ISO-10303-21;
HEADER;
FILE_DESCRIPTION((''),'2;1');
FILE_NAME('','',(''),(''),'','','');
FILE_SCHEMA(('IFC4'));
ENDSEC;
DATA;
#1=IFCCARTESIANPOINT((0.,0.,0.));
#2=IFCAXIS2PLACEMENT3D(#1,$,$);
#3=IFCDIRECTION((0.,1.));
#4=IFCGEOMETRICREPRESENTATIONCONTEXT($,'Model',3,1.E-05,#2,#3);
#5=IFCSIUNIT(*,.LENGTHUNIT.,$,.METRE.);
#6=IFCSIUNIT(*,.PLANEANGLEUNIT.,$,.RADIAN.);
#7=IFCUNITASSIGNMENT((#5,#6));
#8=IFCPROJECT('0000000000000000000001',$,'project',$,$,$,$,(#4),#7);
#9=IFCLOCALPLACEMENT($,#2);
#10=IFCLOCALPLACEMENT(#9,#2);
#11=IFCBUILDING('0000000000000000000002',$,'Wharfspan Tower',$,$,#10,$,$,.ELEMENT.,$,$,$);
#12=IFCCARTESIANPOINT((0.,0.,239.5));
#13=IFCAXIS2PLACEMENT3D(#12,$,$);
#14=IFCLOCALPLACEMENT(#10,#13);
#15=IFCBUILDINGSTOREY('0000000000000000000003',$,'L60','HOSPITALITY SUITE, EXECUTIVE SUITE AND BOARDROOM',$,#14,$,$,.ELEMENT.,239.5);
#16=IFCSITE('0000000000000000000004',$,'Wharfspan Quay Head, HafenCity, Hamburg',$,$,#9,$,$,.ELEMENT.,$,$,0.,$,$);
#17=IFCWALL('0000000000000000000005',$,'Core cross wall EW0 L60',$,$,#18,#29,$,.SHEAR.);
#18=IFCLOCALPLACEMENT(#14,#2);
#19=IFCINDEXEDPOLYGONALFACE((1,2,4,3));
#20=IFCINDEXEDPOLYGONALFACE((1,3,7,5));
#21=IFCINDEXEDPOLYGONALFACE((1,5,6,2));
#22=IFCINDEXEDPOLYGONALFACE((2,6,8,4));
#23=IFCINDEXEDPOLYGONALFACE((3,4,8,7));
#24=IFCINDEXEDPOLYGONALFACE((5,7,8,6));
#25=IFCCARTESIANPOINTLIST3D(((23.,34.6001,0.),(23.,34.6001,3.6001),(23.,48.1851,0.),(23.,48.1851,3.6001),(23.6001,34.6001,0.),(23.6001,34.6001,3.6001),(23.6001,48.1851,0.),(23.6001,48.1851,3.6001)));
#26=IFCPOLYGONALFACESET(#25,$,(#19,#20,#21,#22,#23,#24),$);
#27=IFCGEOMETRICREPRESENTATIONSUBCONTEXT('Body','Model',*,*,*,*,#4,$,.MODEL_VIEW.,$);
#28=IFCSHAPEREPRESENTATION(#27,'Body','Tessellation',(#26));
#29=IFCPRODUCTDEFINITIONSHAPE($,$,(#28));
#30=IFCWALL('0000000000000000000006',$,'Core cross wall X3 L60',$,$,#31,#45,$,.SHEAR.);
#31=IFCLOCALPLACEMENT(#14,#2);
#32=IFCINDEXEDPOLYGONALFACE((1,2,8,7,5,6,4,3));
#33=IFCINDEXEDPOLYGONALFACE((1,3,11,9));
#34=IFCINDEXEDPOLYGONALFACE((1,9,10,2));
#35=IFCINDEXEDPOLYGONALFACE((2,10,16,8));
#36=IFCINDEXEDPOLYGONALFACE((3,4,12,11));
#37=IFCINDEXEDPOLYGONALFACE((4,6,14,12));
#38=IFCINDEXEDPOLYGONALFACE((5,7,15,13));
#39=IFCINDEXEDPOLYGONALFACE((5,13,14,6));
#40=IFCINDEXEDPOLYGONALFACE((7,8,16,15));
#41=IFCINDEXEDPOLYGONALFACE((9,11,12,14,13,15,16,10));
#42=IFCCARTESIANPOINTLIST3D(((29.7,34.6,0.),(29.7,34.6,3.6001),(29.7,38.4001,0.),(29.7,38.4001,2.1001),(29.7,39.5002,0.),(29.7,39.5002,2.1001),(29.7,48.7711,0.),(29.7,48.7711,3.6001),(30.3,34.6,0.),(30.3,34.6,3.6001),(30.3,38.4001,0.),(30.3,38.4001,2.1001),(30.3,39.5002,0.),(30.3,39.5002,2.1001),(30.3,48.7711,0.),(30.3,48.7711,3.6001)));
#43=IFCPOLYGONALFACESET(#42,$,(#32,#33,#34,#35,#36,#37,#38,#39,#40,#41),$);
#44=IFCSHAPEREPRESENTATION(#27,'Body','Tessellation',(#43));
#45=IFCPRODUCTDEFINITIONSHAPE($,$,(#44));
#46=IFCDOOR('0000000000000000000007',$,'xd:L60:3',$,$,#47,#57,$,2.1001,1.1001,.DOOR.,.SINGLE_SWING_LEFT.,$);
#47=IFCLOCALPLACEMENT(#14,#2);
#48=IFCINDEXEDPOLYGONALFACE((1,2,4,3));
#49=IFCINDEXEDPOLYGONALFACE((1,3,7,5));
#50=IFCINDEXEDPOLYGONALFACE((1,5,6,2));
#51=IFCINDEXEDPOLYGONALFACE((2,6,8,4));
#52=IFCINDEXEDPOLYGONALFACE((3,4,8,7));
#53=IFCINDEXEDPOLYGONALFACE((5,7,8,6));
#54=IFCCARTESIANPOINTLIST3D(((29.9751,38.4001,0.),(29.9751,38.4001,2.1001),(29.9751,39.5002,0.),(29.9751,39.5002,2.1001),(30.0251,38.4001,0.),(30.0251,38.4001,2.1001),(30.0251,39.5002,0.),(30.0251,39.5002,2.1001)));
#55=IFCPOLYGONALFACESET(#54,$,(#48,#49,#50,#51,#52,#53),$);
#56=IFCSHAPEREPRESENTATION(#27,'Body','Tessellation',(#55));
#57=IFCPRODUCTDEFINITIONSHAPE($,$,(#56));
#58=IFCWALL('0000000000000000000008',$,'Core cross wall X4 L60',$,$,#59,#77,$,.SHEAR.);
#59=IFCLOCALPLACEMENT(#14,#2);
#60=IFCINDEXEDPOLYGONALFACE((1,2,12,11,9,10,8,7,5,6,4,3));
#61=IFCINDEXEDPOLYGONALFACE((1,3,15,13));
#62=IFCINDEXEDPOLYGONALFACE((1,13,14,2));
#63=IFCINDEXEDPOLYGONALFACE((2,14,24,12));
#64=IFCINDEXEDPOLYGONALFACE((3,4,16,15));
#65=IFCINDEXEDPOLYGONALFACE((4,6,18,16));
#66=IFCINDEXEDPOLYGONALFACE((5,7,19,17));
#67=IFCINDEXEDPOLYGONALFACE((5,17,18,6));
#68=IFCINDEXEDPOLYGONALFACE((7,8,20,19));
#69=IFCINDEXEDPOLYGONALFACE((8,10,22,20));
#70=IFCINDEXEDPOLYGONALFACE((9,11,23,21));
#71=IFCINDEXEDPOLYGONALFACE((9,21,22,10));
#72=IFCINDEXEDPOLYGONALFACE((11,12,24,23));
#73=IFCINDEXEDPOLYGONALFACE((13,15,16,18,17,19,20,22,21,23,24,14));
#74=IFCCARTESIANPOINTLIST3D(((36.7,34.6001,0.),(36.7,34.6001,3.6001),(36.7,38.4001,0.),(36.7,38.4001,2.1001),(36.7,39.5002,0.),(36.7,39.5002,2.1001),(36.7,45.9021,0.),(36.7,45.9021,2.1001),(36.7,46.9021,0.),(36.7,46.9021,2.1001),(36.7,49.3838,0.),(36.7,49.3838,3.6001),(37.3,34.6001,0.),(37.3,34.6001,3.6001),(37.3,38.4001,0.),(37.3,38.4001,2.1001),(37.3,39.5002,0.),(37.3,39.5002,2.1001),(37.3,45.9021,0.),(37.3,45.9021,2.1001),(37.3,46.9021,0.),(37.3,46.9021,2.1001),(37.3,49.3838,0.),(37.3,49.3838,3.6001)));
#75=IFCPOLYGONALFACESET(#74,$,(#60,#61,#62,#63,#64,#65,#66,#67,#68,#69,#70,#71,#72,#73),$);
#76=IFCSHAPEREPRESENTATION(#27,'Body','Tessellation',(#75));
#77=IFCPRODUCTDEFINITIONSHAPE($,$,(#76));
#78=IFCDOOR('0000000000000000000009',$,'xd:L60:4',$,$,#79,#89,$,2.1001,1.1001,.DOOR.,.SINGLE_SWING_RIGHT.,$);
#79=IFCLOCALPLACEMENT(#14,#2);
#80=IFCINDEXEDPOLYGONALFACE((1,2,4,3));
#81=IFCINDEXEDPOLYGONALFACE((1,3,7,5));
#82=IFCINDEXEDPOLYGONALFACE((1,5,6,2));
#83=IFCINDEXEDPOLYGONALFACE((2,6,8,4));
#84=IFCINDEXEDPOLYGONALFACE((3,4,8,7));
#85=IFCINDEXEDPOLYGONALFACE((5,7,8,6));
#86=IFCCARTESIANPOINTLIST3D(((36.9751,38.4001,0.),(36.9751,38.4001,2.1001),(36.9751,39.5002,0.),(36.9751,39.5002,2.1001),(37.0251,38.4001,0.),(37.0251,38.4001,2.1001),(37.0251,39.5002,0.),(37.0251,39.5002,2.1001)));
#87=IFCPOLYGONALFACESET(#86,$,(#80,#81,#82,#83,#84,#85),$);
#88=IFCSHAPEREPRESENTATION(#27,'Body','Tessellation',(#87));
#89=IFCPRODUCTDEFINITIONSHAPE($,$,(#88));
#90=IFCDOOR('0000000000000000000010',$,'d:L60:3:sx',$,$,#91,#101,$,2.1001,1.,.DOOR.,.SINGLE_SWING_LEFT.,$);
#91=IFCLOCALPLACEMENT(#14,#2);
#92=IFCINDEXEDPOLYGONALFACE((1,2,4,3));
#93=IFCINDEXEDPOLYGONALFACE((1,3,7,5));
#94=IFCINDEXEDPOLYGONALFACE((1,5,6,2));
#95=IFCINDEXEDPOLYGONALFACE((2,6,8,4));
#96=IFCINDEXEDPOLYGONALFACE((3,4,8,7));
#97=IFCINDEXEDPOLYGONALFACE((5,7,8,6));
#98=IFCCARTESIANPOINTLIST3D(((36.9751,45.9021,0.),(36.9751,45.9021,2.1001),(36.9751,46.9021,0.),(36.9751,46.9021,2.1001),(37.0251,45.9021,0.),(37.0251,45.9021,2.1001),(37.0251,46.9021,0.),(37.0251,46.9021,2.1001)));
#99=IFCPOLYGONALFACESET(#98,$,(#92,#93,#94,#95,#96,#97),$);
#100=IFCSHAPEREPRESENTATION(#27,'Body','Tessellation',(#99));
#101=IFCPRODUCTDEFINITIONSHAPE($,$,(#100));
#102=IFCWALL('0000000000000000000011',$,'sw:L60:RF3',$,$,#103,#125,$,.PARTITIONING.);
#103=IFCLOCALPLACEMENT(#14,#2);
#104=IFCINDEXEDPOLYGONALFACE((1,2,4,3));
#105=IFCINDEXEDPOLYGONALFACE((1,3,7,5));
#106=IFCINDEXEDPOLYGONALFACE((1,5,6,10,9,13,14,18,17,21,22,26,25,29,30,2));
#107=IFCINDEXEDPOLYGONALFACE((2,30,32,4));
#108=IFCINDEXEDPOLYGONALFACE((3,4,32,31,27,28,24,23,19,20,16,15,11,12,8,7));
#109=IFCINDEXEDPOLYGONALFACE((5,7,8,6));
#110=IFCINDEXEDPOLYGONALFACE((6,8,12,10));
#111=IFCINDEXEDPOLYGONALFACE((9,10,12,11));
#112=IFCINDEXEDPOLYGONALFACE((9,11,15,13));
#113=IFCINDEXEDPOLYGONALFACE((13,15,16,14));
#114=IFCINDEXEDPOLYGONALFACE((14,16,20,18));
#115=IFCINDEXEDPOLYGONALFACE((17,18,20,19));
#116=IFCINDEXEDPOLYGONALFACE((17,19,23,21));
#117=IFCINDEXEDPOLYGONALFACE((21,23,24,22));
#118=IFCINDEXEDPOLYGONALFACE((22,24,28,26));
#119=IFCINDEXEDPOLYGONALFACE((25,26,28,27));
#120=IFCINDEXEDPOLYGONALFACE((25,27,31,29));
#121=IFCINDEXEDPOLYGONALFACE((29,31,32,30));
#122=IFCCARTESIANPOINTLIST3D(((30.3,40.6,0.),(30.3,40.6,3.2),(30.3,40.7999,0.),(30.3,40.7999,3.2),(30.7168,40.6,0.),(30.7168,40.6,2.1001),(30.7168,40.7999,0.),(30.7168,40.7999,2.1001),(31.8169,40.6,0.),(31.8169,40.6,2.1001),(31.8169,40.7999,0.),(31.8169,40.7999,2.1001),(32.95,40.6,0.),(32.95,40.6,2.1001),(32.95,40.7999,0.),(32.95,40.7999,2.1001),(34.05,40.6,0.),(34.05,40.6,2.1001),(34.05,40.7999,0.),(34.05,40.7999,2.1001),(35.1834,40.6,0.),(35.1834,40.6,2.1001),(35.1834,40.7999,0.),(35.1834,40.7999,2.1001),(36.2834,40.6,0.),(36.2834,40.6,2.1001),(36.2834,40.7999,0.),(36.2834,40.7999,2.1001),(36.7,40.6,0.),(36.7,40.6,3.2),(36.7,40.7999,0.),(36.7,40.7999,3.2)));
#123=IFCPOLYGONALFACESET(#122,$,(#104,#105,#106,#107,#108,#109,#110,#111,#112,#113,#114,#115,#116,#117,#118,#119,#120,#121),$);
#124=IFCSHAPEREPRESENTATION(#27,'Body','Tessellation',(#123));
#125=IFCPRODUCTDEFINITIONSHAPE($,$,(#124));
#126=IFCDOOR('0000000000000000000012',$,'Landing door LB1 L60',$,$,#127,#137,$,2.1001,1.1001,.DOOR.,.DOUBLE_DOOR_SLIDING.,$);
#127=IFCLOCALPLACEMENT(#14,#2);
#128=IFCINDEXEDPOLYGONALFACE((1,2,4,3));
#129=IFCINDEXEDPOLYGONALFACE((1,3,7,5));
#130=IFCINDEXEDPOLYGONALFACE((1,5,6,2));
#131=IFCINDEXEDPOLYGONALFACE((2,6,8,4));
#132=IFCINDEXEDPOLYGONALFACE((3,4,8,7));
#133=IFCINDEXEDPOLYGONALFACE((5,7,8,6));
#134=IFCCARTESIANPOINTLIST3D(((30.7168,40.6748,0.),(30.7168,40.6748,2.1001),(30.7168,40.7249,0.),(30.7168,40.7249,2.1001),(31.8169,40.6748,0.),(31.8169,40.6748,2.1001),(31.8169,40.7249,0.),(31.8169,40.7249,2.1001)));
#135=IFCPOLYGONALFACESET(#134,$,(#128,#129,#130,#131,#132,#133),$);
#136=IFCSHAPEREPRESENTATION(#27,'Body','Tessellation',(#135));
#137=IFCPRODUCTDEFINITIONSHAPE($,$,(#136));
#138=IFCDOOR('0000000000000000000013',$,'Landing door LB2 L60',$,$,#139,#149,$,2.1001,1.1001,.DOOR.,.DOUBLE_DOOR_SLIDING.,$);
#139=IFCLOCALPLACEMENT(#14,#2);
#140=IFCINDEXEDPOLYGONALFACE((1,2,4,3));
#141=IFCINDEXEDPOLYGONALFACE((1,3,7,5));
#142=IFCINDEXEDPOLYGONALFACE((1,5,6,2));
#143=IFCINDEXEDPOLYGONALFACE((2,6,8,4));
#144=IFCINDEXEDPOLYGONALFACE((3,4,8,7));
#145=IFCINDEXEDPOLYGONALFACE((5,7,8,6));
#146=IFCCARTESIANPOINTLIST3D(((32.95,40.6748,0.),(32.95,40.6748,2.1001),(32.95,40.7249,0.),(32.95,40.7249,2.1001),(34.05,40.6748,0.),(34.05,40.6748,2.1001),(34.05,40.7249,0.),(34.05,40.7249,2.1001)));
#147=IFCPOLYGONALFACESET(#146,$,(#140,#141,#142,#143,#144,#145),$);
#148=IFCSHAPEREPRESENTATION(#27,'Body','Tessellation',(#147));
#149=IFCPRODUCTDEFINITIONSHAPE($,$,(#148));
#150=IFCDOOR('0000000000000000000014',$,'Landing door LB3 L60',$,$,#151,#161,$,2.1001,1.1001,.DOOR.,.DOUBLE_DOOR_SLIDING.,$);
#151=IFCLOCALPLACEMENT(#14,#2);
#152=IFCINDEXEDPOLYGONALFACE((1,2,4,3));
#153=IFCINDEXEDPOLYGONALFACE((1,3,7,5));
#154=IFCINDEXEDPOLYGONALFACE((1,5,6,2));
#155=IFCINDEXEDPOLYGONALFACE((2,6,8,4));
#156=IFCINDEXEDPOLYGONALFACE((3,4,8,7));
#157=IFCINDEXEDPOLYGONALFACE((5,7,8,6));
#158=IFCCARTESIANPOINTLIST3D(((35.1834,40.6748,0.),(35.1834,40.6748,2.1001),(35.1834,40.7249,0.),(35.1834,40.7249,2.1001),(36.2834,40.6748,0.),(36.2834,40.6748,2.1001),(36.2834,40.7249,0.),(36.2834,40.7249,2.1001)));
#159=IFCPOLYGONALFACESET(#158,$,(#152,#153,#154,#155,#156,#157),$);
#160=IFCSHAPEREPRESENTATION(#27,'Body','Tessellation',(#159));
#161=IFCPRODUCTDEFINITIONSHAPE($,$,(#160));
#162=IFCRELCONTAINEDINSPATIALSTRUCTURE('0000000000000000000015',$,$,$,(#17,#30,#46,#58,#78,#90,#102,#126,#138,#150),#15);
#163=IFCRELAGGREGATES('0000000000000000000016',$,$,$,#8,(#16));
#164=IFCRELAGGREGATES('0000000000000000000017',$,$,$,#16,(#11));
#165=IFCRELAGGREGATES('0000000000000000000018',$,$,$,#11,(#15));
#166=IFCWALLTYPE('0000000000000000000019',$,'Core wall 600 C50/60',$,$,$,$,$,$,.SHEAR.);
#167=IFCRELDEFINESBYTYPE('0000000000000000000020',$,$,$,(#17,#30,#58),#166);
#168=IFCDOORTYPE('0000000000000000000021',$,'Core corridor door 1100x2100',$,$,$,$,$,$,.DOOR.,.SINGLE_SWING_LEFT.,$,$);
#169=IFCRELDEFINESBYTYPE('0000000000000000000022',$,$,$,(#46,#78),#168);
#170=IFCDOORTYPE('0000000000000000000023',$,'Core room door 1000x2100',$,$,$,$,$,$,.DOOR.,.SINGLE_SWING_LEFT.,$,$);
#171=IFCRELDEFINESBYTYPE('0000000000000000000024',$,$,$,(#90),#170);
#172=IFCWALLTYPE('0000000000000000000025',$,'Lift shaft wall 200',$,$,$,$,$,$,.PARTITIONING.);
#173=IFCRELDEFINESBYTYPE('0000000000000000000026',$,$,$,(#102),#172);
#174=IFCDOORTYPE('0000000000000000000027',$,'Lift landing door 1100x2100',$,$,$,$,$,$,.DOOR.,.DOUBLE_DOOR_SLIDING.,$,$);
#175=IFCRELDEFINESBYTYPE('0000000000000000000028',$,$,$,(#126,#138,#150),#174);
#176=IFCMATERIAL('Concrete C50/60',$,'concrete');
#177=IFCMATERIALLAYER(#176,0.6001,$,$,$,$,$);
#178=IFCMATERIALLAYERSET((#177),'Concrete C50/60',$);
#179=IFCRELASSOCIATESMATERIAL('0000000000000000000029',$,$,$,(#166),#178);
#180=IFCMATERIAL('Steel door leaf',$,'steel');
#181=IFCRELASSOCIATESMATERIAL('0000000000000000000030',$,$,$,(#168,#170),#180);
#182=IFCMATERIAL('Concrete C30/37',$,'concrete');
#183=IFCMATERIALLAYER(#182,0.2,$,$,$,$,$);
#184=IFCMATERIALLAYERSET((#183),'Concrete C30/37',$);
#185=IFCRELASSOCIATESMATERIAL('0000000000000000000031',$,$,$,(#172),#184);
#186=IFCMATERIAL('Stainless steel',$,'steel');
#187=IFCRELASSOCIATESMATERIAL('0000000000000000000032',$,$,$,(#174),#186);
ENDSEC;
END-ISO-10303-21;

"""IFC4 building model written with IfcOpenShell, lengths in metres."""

from ifc_helpers import new_model, si_unit, direction, frame, frame_2d, origin, place, context, subcontext, project, spatial, rectangle, extrude, material, layer, layer_set, type_object, element, fill, save


model = new_model("IFC4")

# Units and contexts
model_context = context("Model", 3, precision=1e-05, world=origin(), true_north=direction((0.0, 1.0)))
body_context = subcontext(model_context, "Body", "Model", "MODEL_VIEW")
ifc_project = project(units=[si_unit("LENGTHUNIT", "METRE"), si_unit("PLANEANGLEUNIT", "RADIAN")], contexts=[model_context])

# Site, building, storey
site_placement = place(None, origin())
site = spatial("IfcSite", under=ifc_project, at=site_placement, Name="Wharfspan Quay Head, HafenCity, Hamburg", CompositionType="ELEMENT", RefElevation=0.0)
building_placement = place(site_placement, origin())
building = spatial("IfcBuilding", under=site, at=building_placement, Name="Wharfspan Tower", CompositionType="ELEMENT")
storey_placement = place(building_placement, frame((0.0, 0.0, 239.5)))
storey = spatial("IfcBuildingStorey", under=building, at=storey_placement, Name="L60", Description="HOSPITALITY SUITE, EXECUTIVE SUITE AND BOARDROOM", CompositionType="ELEMENT", Elevation=239.5)

# Wall
ifc_material_1 = material(Name="Concrete C50/60", Category="concrete")
ifc_layer_1 = layer(ifc_material_1, 0.6001)
ifc_layer_set_1 = layer_set([ifc_layer_1], Name="Concrete C50/60")
wall_type_1 = type_object("IfcWallType", Name="Core wall 600 C50/60", PredefinedType="SHEAR", material=ifc_layer_set_1)
wall_1_placement = place(storey_placement, frame((23.3, 34.6001, 0.0), z_axis=(0.0, 0.0, 1.0), x_axis=(0.0, 1.0, 0.0)))
element("IfcWall", 1, at=wall_1_placement, inside=storey, type_object=wall_type_1, Name="Core cross wall EW0 L60", PredefinedType="SHEAR", context=body_context, shape_type="SweptSolid", body=[
    extrude(rectangle(XDim=13.585, YDim=0.6001, at=frame_2d((6.7925, 0.0))), origin(), (0.0, 0.0, 1.0), 3.6001),
])

# Wall, opening, door
wall_2_placement = place(storey_placement, frame((30.0, 34.6001, 0.0), z_axis=(0.0, 0.0, 1.0), x_axis=(0.0, 1.0, 0.0)))
wall_2 = element("IfcWall", 2, at=wall_2_placement, inside=storey, type_object=wall_type_1, Name="Core cross wall X3 L60", PredefinedType="SHEAR", context=body_context, shape_type="SweptSolid", body=[
    extrude(rectangle(XDim=14.1711, YDim=0.6001, at=frame_2d((7.0854, 0.0))), origin(), (0.0, 0.0, 1.0), 3.6001),
])
opening_1_placement = place(wall_2_placement, frame((3.8, 0.0, 0.0)))
opening_1 = element("IfcOpeningElement", 3, at=opening_1_placement, cuts=wall_2, PredefinedType="OPENING", context=body_context, shape_type="SweptSolid", body=[
    extrude(rectangle(XDim=1.1001, YDim=2.1001, at=frame_2d((0.55, 1.05))), frame((0.0, 0.3101, 0.0), z_axis=(0.0, -1.0, 0.0), x_axis=(1.0, 0.0, 0.0)), (0.0, 0.0, 1.0), 0.6201),
])
ifc_material_2 = material(Name="Steel door leaf", Category="steel")
door_type_1 = type_object("IfcDoorType", Name="Core corridor door 1100x2100", OperationType="SINGLE_SWING_LEFT", PredefinedType="DOOR", material=ifc_material_2)
door_1_placement = place(opening_1_placement, origin())
door_1 = element("IfcDoor", 4, at=door_1_placement, inside=storey, type_object=door_type_1, Name="xd:L60:3", OperationType="SINGLE_SWING_LEFT", OverallHeight=2.1001, OverallWidth=1.1001, PredefinedType="DOOR", context=body_context, shape_type="SweptSolid", body=[
    extrude(rectangle(XDim=1.1001, YDim=2.1001, at=frame_2d((0.55, 1.05))), frame((0.0, 0.0249, 0.0), z_axis=(0.0, -1.0, 0.0), x_axis=(1.0, 0.0, 0.0)), (0.0, 0.0, 1.0), 0.05),
])
fill(opening_1, door_1)

# Walls, openings, doors
wall_3_placement = place(storey_placement, frame((37.0, 34.6001, 0.0), z_axis=(0.0, 0.0, 1.0), x_axis=(0.0, 1.0, 0.0)))
wall_3 = element("IfcWall", 5, at=wall_3_placement, inside=storey, type_object=wall_type_1, Name="Core cross wall X4 L60", PredefinedType="SHEAR", context=body_context, shape_type="SweptSolid", body=[
    extrude(rectangle(XDim=14.7837, YDim=0.6001, at=frame_2d((7.3918, 0.0))), origin(), (0.0, 0.0, 1.0), 3.6001),
])
opening_2_placement = place(wall_3_placement, frame((11.302, 0.0, 0.0)))
opening_2 = element("IfcOpeningElement", 6, at=opening_2_placement, cuts=wall_3, PredefinedType="OPENING", context=body_context, shape_type="SweptSolid", body=[
    extrude(rectangle(XDim=1.0, YDim=2.1001, at=frame_2d((0.5, 1.05))), frame((0.0, 0.3101, 0.0), z_axis=(0.0, -1.0, 0.0), x_axis=(1.0, 0.0, 0.0)), (0.0, 0.0, 1.0), 0.6201),
])
opening_3_placement = place(wall_3_placement, frame((3.8, 0.0, 0.0)))
opening_3 = element("IfcOpeningElement", 7, at=opening_3_placement, cuts=wall_3, PredefinedType="OPENING", context=body_context, shape_type="SweptSolid", body=[
    extrude(rectangle(XDim=1.1001, YDim=2.1001, at=frame_2d((0.55, 1.05))), frame((0.0, 0.3101, 0.0), z_axis=(0.0, -1.0, 0.0), x_axis=(1.0, 0.0, 0.0)), (0.0, 0.0, 1.0), 0.6201),
])
door_2_placement = place(opening_3_placement, origin())
door_2 = element("IfcDoor", 8, at=door_2_placement, inside=storey, type_object=door_type_1, Name="xd:L60:4", OperationType="SINGLE_SWING_RIGHT", OverallHeight=2.1001, OverallWidth=1.1001, PredefinedType="DOOR", context=body_context, shape_type="SweptSolid", body=[
    extrude(rectangle(XDim=1.1001, YDim=2.1001, at=frame_2d((0.55, 1.05))), frame((0.0, 0.0249, 0.0), z_axis=(0.0, -1.0, 0.0), x_axis=(1.0, 0.0, 0.0)), (0.0, 0.0, 1.0), 0.05),
])
fill(opening_3, door_2)
door_type_2 = type_object("IfcDoorType", Name="Core room door 1000x2100", OperationType="SINGLE_SWING_LEFT", PredefinedType="DOOR", material=ifc_material_2)
door_3_placement = place(opening_2_placement, origin())
door_3 = element("IfcDoor", 9, at=door_3_placement, inside=storey, type_object=door_type_2, Name="d:L60:3:sx", OperationType="SINGLE_SWING_LEFT", OverallHeight=2.1001, OverallWidth=1.0, PredefinedType="DOOR", context=body_context, shape_type="SweptSolid", body=[
    extrude(rectangle(XDim=1.0, YDim=2.1001, at=frame_2d((0.5, 1.05))), frame((0.0, 0.0249, 0.0), z_axis=(0.0, -1.0, 0.0), x_axis=(1.0, 0.0, 0.0)), (0.0, 0.0, 1.0), 0.05),
])
fill(opening_2, door_3)
ifc_material_3 = material(Name="Concrete C30/37", Category="concrete")
ifc_layer_2 = layer(ifc_material_3, 0.2)
ifc_layer_set_2 = layer_set([ifc_layer_2], Name="Concrete C30/37")
wall_type_2 = type_object("IfcWallType", Name="Lift shaft wall 200", PredefinedType="PARTITIONING", material=ifc_layer_set_2)
wall_4_placement = place(storey_placement, frame((30.3, 40.7, 0.0), z_axis=(0.0, 0.0, 1.0), x_axis=(1.0, 0.0, 0.0)))
wall_4 = element("IfcWall", 10, at=wall_4_placement, inside=storey, type_object=wall_type_2, Name="sw:L60:RF3", PredefinedType="PARTITIONING", context=body_context, shape_type="SweptSolid", body=[
    extrude(rectangle(XDim=6.3999, YDim=0.2, at=frame_2d((3.2, 0.0))), origin(), (0.0, 0.0, 1.0), 3.2),
])
opening_4_placement = place(wall_4_placement, frame((0.4167, 0.0, 0.0)))
opening_4 = element("IfcOpeningElement", 11, at=opening_4_placement, cuts=wall_4, PredefinedType="OPENING", context=body_context, shape_type="SweptSolid", body=[
    extrude(rectangle(XDim=1.1001, YDim=2.1001, at=frame_2d((0.55, 1.05))), frame((0.0, 0.1099, 0.0), z_axis=(0.0, -1.0, 0.0), x_axis=(1.0, 0.0, 0.0)), (0.0, 0.0, 1.0), 0.22),
])
opening_5_placement = place(wall_4_placement, frame((2.6499, 0.0, 0.0)))
opening_5 = element("IfcOpeningElement", 12, at=opening_5_placement, cuts=wall_4, PredefinedType="OPENING", context=body_context, shape_type="SweptSolid", body=[
    extrude(rectangle(XDim=1.1001, YDim=2.1001, at=frame_2d((0.55, 1.05))), frame((0.0, 0.1099, 0.0), z_axis=(0.0, -1.0, 0.0), x_axis=(1.0, 0.0, 0.0)), (0.0, 0.0, 1.0), 0.22),
])
opening_6_placement = place(wall_4_placement, frame((4.8833, 0.0, 0.0)))
opening_6 = element("IfcOpeningElement", 13, at=opening_6_placement, cuts=wall_4, PredefinedType="OPENING", context=body_context, shape_type="SweptSolid", body=[
    extrude(rectangle(XDim=1.1001, YDim=2.1001, at=frame_2d((0.55, 1.05))), frame((0.0, 0.1099, 0.0), z_axis=(0.0, -1.0, 0.0), x_axis=(1.0, 0.0, 0.0)), (0.0, 0.0, 1.0), 0.22),
])
ifc_material_4 = material(Name="Stainless steel", Category="steel")
door_type_3 = type_object("IfcDoorType", Name="Lift landing door 1100x2100", OperationType="DOUBLE_DOOR_SLIDING", PredefinedType="DOOR", material=ifc_material_4)
door_4_placement = place(opening_4_placement, origin())
door_4 = element("IfcDoor", 14, at=door_4_placement, inside=storey, type_object=door_type_3, Name="Landing door LB1 L60", OperationType="DOUBLE_DOOR_SLIDING", OverallHeight=2.1001, OverallWidth=1.1001, PredefinedType="DOOR", context=body_context, shape_type="SweptSolid", body=[
    extrude(rectangle(XDim=1.1001, YDim=2.1001, at=frame_2d((0.55, 1.05))), frame((0.0, 0.0249, 0.0), z_axis=(0.0, -1.0, 0.0), x_axis=(1.0, 0.0, 0.0)), (0.0, 0.0, 1.0), 0.05),
])
fill(opening_4, door_4)
door_5_placement = place(opening_5_placement, origin())
door_5 = element("IfcDoor", 15, at=door_5_placement, inside=storey, type_object=door_type_3, Name="Landing door LB2 L60", OperationType="DOUBLE_DOOR_SLIDING", OverallHeight=2.1001, OverallWidth=1.1001, PredefinedType="DOOR", context=body_context, shape_type="SweptSolid", body=[
    extrude(rectangle(XDim=1.1001, YDim=2.1001, at=frame_2d((0.55, 1.05))), frame((0.0, 0.0249, 0.0), z_axis=(0.0, -1.0, 0.0), x_axis=(1.0, 0.0, 0.0)), (0.0, 0.0, 1.0), 0.05),
])
fill(opening_5, door_5)
door_6_placement = place(opening_6_placement, origin())
door_6 = element("IfcDoor", 16, at=door_6_placement, inside=storey, type_object=door_type_3, Name="Landing door LB3 L60", OperationType="DOUBLE_DOOR_SLIDING", OverallHeight=2.1001, OverallWidth=1.1001, PredefinedType="DOOR", context=body_context, shape_type="SweptSolid", body=[
    extrude(rectangle(XDim=1.1001, YDim=2.1001, at=frame_2d((0.55, 1.05))), frame((0.0, 0.0249, 0.0), z_axis=(0.0, -1.0, 0.0), x_axis=(1.0, 0.0, 0.0)), (0.0, 0.0, 1.0), 0.05),
])
fill(opening_6, door_6)

save(model, "model.ifc")
